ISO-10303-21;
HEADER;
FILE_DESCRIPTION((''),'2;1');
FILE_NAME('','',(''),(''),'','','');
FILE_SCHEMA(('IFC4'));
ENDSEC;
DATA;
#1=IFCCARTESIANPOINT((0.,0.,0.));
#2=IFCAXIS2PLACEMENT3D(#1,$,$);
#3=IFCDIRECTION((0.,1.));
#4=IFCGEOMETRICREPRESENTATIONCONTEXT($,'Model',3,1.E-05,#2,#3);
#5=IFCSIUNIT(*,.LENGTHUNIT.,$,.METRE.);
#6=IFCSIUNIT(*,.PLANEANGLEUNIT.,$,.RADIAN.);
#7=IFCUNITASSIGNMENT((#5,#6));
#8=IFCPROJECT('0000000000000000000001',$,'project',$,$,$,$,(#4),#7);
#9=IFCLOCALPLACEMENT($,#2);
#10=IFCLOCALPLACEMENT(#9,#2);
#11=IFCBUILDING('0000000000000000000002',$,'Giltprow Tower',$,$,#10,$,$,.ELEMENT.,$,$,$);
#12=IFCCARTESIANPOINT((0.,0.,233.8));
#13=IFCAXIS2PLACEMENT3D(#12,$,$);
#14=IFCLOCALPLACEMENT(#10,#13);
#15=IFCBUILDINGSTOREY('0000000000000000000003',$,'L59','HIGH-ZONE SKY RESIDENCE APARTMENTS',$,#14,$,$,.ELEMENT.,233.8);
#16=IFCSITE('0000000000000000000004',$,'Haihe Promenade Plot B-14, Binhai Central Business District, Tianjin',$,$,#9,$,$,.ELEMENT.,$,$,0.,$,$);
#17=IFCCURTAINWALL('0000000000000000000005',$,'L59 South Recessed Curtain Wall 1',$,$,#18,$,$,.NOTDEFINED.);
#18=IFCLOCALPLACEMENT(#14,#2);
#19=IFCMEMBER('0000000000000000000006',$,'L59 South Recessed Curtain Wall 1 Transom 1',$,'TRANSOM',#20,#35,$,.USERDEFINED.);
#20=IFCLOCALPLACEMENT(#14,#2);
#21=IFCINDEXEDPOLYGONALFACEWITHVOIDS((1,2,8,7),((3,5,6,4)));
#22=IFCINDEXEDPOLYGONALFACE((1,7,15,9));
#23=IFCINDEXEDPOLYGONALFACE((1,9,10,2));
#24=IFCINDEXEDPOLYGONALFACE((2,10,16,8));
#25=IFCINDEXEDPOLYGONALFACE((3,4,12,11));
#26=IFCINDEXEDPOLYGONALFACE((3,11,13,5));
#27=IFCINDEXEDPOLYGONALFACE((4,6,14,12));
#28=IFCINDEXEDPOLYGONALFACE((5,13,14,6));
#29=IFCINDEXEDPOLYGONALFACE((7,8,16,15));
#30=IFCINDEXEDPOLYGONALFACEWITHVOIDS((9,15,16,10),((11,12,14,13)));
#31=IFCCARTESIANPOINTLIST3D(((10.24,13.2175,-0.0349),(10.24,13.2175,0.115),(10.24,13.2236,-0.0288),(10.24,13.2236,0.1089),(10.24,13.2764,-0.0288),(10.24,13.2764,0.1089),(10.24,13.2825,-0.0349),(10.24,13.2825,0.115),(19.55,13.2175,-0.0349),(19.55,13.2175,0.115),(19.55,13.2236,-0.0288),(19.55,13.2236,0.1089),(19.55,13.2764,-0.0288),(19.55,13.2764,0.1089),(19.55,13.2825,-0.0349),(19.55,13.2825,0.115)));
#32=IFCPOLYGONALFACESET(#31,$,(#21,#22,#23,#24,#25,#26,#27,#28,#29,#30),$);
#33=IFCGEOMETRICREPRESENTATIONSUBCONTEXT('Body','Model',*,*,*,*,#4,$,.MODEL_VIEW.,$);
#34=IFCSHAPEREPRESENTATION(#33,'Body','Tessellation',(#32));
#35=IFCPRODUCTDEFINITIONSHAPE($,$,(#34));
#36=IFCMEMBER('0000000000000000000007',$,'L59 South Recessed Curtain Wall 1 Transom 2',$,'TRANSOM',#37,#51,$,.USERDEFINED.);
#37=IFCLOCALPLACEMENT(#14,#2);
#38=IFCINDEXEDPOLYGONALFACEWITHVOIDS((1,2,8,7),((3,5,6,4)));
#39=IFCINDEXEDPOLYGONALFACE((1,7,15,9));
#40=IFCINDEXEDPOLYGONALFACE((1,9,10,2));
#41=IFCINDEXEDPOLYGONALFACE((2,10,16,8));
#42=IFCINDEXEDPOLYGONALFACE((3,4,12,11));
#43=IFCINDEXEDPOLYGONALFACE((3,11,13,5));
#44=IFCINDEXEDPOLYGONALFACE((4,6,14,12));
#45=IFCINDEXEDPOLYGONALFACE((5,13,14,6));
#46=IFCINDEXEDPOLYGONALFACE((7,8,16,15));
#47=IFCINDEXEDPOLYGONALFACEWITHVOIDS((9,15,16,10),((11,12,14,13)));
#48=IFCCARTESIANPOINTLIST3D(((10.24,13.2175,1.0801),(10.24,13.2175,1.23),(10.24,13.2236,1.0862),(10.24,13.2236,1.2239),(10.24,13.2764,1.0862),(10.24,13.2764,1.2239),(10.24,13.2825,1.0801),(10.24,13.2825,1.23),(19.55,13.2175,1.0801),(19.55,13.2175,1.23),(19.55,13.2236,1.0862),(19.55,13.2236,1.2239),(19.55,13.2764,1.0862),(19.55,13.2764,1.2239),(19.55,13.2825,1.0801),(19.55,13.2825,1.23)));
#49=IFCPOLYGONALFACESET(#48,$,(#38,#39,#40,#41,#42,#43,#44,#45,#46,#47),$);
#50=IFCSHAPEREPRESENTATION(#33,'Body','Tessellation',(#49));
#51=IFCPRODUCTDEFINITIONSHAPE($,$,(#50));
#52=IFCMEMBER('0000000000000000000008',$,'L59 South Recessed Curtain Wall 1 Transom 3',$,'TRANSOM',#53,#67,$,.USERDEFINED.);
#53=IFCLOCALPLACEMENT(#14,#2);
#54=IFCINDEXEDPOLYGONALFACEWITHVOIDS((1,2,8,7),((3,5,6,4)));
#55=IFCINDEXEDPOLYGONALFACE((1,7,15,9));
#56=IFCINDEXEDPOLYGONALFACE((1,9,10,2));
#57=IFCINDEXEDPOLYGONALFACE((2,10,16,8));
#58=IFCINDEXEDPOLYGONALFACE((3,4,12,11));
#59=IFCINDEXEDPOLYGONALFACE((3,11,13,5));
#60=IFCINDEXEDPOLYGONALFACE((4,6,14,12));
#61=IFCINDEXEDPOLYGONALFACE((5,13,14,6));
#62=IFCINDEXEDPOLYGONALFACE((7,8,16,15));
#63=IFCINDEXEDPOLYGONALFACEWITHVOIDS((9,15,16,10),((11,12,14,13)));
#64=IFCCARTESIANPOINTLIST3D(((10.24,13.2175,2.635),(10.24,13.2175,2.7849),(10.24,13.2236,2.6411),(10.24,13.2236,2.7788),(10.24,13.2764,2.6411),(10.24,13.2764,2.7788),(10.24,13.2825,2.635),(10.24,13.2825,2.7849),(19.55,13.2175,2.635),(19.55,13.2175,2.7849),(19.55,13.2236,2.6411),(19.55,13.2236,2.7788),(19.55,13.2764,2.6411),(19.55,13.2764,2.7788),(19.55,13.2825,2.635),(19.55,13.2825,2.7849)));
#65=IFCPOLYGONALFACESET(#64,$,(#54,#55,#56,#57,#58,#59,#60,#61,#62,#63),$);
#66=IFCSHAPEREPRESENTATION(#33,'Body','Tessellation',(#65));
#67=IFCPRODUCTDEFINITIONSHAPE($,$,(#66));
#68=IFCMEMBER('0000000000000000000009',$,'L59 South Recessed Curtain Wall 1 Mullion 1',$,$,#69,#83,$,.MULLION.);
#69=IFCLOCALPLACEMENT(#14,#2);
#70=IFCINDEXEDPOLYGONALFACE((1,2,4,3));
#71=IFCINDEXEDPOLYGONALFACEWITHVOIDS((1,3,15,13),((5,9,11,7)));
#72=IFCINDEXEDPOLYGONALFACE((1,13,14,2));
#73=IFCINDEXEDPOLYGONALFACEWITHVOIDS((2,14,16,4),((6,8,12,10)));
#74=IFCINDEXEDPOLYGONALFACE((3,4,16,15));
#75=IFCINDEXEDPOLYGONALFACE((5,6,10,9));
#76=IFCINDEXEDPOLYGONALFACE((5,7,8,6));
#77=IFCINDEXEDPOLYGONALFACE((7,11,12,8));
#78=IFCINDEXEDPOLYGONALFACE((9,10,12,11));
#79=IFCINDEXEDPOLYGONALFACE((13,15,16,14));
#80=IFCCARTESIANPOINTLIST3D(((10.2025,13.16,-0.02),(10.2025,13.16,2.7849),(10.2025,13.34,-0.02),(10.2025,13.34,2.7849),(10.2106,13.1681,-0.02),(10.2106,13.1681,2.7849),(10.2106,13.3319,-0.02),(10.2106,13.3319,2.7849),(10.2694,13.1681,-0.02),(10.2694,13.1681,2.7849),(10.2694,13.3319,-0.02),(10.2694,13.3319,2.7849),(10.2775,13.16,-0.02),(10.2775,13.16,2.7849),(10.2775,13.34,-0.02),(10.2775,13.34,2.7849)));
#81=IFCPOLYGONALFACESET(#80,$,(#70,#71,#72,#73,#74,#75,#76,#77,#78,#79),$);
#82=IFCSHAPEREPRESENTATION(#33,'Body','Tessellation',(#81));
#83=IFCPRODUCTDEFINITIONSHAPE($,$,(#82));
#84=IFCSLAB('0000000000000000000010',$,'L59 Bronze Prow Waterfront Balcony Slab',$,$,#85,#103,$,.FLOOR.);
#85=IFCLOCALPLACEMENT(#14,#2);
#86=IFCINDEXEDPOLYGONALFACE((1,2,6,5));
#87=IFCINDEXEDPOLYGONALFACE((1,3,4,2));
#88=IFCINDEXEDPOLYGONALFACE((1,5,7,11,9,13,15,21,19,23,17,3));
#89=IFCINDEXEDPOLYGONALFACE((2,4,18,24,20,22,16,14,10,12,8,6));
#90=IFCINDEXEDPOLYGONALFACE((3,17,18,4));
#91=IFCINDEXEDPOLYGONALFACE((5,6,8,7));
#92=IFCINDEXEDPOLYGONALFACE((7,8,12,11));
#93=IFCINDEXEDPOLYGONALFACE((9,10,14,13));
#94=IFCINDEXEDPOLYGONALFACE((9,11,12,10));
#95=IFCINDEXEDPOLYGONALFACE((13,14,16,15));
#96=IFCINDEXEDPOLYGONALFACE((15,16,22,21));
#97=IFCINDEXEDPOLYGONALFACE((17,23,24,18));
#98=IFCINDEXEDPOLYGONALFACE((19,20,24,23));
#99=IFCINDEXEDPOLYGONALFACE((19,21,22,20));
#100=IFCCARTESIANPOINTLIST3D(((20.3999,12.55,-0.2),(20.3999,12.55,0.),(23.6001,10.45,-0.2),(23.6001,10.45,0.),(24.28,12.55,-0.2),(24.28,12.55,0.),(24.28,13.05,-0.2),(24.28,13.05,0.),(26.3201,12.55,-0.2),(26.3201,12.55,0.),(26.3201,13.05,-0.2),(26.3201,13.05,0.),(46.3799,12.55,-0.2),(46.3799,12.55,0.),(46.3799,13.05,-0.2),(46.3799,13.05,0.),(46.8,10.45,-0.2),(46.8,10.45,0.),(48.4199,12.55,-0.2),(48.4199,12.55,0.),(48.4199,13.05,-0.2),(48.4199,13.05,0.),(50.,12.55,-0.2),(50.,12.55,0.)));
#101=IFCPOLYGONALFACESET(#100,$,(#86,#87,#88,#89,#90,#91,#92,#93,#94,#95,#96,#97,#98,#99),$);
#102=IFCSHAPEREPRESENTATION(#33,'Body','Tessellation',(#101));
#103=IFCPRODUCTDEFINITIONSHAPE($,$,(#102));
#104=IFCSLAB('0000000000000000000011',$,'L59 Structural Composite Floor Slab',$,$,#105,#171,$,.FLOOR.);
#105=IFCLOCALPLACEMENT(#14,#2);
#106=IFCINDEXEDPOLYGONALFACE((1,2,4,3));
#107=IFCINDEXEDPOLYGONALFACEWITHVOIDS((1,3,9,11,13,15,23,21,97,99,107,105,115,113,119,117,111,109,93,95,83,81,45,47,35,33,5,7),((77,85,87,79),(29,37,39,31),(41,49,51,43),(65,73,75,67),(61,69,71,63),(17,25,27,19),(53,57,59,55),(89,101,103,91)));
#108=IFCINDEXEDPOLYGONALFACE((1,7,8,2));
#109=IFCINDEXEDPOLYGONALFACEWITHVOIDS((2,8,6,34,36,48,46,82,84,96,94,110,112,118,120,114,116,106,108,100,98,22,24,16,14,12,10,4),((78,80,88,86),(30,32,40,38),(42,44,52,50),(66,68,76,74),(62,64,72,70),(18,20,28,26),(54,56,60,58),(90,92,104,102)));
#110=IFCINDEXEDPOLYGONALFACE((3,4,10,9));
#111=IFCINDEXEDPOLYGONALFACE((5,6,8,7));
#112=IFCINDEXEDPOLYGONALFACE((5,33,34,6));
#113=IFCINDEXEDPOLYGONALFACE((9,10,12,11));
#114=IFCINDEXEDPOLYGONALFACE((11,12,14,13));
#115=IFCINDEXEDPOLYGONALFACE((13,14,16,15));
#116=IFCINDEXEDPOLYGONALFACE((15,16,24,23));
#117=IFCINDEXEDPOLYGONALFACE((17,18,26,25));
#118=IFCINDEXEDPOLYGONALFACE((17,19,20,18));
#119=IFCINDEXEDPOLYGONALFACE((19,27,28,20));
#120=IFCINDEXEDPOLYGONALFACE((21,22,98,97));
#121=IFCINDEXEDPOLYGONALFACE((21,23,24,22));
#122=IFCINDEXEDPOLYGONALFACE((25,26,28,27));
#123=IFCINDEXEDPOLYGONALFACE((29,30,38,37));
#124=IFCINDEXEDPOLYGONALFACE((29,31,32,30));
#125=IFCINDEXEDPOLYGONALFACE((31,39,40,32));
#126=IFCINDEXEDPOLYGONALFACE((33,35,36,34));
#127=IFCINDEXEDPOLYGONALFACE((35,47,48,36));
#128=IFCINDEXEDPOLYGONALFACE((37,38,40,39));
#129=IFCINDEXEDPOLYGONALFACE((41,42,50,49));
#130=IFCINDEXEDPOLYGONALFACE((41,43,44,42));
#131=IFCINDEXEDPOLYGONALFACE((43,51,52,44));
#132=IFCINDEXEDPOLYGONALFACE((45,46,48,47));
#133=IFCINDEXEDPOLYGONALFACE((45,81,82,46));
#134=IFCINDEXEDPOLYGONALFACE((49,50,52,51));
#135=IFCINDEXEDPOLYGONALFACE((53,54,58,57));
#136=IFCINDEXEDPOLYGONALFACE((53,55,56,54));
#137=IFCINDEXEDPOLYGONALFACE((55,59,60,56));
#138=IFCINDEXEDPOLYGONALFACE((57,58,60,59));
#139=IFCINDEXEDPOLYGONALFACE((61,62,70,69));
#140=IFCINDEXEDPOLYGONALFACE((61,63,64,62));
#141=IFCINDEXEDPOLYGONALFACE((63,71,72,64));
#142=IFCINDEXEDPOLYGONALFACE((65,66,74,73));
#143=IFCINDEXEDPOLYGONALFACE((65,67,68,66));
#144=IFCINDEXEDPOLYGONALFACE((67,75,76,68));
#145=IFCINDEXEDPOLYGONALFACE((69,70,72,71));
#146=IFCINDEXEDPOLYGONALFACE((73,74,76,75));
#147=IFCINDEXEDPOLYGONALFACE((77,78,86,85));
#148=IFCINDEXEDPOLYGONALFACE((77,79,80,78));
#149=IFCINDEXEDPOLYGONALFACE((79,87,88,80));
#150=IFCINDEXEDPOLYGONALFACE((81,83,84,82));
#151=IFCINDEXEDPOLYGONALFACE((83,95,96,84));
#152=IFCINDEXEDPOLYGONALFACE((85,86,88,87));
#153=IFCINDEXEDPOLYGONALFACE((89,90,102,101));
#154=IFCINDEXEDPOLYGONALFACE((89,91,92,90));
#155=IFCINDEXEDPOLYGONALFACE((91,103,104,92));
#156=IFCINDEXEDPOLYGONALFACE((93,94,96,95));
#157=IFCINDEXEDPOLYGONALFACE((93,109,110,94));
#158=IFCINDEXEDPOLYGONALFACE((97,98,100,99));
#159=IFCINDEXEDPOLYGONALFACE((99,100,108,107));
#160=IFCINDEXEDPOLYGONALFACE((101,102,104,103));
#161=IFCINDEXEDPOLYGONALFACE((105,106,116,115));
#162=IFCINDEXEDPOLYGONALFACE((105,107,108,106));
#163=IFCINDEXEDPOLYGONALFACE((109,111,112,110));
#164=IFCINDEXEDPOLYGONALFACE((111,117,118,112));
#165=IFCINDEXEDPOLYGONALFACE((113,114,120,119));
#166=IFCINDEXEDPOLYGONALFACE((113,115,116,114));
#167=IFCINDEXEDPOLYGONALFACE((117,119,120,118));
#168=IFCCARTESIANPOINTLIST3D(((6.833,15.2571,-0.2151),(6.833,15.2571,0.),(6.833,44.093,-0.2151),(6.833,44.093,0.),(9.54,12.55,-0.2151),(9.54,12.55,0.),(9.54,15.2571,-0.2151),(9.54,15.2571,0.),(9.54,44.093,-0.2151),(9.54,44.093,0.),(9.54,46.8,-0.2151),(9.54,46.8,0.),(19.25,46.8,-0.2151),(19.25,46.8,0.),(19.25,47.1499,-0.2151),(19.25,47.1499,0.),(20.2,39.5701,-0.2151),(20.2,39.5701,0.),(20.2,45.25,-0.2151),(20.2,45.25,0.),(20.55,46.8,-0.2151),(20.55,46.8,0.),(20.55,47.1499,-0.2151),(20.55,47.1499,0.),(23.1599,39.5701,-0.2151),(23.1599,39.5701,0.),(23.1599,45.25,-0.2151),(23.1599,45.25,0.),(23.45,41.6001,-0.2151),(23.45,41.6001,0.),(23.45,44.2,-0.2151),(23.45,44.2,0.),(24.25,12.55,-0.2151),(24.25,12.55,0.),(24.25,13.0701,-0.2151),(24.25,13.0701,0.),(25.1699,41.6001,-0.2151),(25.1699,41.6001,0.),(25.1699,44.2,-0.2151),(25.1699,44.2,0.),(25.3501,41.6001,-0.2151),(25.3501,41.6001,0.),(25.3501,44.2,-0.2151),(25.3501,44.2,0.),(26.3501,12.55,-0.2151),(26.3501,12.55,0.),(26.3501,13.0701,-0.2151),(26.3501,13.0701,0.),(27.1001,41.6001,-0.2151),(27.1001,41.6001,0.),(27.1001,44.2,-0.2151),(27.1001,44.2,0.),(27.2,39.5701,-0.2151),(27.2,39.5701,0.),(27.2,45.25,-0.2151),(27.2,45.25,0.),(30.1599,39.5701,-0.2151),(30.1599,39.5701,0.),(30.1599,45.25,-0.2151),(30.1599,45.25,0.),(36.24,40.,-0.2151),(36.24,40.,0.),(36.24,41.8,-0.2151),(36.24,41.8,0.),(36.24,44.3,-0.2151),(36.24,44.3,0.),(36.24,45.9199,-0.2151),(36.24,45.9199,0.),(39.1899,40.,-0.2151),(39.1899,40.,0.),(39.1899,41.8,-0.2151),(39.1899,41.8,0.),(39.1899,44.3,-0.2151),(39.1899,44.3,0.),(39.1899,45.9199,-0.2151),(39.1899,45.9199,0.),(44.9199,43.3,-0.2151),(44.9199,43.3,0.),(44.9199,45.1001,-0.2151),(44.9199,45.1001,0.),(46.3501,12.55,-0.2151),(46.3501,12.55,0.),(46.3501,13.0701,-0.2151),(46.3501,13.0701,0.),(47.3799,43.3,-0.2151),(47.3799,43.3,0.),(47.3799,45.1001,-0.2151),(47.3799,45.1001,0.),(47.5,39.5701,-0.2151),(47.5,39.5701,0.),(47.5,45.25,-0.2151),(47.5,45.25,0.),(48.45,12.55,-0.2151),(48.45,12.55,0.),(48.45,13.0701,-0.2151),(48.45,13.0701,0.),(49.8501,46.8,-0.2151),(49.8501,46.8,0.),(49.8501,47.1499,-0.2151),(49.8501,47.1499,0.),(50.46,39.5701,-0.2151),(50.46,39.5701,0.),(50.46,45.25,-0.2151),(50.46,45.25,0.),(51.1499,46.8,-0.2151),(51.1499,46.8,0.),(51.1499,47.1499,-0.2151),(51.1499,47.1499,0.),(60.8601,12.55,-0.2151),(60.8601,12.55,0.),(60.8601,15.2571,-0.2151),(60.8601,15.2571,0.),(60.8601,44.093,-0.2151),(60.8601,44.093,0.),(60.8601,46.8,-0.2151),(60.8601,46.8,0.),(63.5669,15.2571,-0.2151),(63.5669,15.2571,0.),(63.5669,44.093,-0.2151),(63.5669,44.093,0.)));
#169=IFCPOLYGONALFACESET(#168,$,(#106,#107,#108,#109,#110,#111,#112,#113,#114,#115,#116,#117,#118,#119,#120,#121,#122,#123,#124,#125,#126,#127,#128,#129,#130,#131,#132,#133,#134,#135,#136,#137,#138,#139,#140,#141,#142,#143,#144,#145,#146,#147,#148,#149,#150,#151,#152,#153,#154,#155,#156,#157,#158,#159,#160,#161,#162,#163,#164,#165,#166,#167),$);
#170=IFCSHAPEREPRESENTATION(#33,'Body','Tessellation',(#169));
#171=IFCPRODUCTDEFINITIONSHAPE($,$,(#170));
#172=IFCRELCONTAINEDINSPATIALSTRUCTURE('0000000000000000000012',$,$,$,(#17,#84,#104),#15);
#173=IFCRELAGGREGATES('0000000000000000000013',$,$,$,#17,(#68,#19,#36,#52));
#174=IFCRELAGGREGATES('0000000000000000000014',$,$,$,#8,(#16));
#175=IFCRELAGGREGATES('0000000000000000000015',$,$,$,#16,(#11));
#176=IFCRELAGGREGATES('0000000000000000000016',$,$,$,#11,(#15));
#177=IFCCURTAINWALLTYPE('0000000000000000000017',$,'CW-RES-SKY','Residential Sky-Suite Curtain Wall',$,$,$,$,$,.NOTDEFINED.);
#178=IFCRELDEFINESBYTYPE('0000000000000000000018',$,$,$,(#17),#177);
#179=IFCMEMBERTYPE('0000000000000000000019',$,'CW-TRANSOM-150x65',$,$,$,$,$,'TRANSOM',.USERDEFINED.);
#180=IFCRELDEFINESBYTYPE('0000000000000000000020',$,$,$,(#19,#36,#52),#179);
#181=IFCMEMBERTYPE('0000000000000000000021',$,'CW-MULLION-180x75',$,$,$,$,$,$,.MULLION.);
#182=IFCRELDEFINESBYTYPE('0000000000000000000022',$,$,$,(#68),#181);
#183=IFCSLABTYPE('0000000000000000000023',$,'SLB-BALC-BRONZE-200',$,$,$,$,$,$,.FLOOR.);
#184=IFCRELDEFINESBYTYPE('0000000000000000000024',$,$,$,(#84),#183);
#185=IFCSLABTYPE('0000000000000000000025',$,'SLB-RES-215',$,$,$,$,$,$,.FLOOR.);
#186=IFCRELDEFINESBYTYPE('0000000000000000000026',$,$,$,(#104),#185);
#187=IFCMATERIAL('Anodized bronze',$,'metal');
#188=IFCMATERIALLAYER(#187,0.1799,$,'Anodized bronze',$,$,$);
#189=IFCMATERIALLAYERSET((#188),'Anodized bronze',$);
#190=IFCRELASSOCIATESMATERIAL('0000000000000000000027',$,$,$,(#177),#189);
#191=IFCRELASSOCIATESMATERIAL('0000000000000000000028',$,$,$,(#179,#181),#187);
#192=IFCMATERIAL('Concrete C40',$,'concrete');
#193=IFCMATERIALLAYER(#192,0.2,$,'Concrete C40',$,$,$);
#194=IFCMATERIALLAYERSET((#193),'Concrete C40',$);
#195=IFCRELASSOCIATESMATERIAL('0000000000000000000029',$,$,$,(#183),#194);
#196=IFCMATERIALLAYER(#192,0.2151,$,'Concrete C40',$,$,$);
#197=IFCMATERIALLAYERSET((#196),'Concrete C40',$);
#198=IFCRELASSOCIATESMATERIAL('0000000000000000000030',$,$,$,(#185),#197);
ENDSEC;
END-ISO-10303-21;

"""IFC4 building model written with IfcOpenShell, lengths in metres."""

from ifc_helpers import new_model, si_unit, direction, frame, origin, origin_2d, place, context, subcontext, project, spatial, polyline, hollow_rectangle, outline, extrude, source, transform, mapped, material, layer, layer_set, material_profile, profile_set, type_object, element, aggregate, save


model = new_model("IFC4")

# Units and contexts
model_context = context("Model", 3, precision=1e-05, world=origin(), true_north=direction((0.0, 1.0)))
body_context = subcontext(model_context, "Body", "Model", "MODEL_VIEW")
ifc_project = project(units=[si_unit("LENGTHUNIT", "METRE"), si_unit("PLANEANGLEUNIT", "RADIAN")], contexts=[model_context])

# Site, building, storey
site_placement = place(None, origin())
site = spatial("IfcSite", under=ifc_project, at=site_placement, Name="Haihe Promenade Plot B-14, Binhai Central Business District, Tianjin", CompositionType="ELEMENT", RefElevation=0.0)
building_placement = place(site_placement, origin())
building = spatial("IfcBuilding", under=site, at=building_placement, Name="Giltprow Tower", CompositionType="ELEMENT")
storey_placement = place(building_placement, frame((0.0, 0.0, 233.8)))
storey = spatial("IfcBuildingStorey", under=building, at=storey_placement, Name="L59", Description="HIGH-ZONE SKY RESIDENCE APARTMENTS", CompositionType="ELEMENT", Elevation=233.8)

# Curtain wall, members
ifc_material_1 = material(Name="Anodized bronze", Category="metal")
ifc_layer_1 = layer(ifc_material_1, 0.1799, Name="Anodized bronze")
ifc_layer_set_1 = layer_set([ifc_layer_1], Name="Anodized bronze")
curtain_wall_type = type_object("IfcCurtainWallType", Name="CW-RES-SKY", Description="Residential Sky-Suite Curtain Wall", PredefinedType="NOTDEFINED", material=ifc_layer_set_1)
curtain_wall_placement = place(storey_placement, origin())
curtain_wall = element("IfcCurtainWall", 1, at=curtain_wall_placement, inside=storey, type_object=curtain_wall_type, Name="L59 South Recessed Curtain Wall 1", PredefinedType="NOTDEFINED")
ifc_material_profile_1 = material_profile(ifc_material_1, hollow_rectangle(XDim=0.0649, YDim=0.1499, WallThickness=0.0061, at=origin_2d()), Name="RHS 150x65x6")
ifc_profile_set_1 = profile_set([ifc_material_profile_1], Name="Anodized bronze")
member_type_1 = type_object("IfcMemberType", Name="CW-TRANSOM-150x65", ElementType="TRANSOM", PredefinedType="USERDEFINED", material=ifc_profile_set_1)
shared_shape_1 = source(origin(), body_context, "Body", "SweptSolid", [
    extrude(hollow_rectangle(XDim=0.0649, YDim=0.1499, WallThickness=0.0061, at=origin_2d()), origin(), (0.0, 0.0, 1.0), 9.3101),
])
member_1_placement = place(storey_placement, frame((10.24, 13.25, 0.04), z_axis=(1.0, 0.0, 0.0), x_axis=(0.0, 1.0, 0.0)))
member_1 = element("IfcMember", 2, at=member_1_placement, type_object=member_type_1, Name="L59 South Recessed Curtain Wall 1 Transom 1", ObjectType="TRANSOM", PredefinedType="USERDEFINED", context=body_context, shape_type="MappedRepresentation", body=[
    mapped(shared_shape_1, transform((0.0, 0.0, 0.0), x_axis=(1.0, 0.0, 0.0), y_axis=(0.0, 1.0, 0.0), z_axis=(0.0, 0.0, 1.0), scale=1.0)),
])
member_2_placement = place(storey_placement, frame((10.24, 13.25, 1.155), z_axis=(1.0, 0.0, 0.0), x_axis=(0.0, 1.0, 0.0)))
member_2 = element("IfcMember", 3, at=member_2_placement, type_object=member_type_1, Name="L59 South Recessed Curtain Wall 1 Transom 2", ObjectType="TRANSOM", PredefinedType="USERDEFINED", context=body_context, shape_type="MappedRepresentation", body=[
    mapped(shared_shape_1, transform((0.0, 0.0, 0.0), x_axis=(1.0, 0.0, 0.0), y_axis=(0.0, 1.0, 0.0), z_axis=(0.0, 0.0, 1.0), scale=1.0)),
])
member_3_placement = place(storey_placement, frame((10.24, 13.25, 2.71), z_axis=(1.0, 0.0, 0.0), x_axis=(0.0, 1.0, 0.0)))
member_3 = element("IfcMember", 4, at=member_3_placement, type_object=member_type_1, Name="L59 South Recessed Curtain Wall 1 Transom 3", ObjectType="TRANSOM", PredefinedType="USERDEFINED", context=body_context, shape_type="MappedRepresentation", body=[
    mapped(shared_shape_1, transform((0.0, 0.0, 0.0), x_axis=(1.0, 0.0, 0.0), y_axis=(0.0, 1.0, 0.0), z_axis=(0.0, 0.0, 1.0), scale=1.0)),
])
ifc_material_profile_2 = material_profile(ifc_material_1, hollow_rectangle(XDim=0.075, YDim=0.1799, WallThickness=0.0081, at=origin_2d()), Name="RHS 180x75x8")
ifc_profile_set_2 = profile_set([ifc_material_profile_2], Name="Anodized bronze")
member_type_2 = type_object("IfcMemberType", Name="CW-MULLION-180x75", PredefinedType="MULLION", material=ifc_profile_set_2)
shared_shape_2 = source(origin(), body_context, "Body", "SweptSolid", [
    extrude(hollow_rectangle(XDim=0.075, YDim=0.1799, WallThickness=0.0081, at=origin_2d()), origin(), (0.0, 0.0, 1.0), 2.8049),
])
member_4_placement = place(storey_placement, frame((10.24, 13.25, -0.02), z_axis=(0.0, 0.0, 1.0), x_axis=(1.0, 0.0, 0.0)))
member_4 = element("IfcMember", 5, at=member_4_placement, type_object=member_type_2, Name="L59 South Recessed Curtain Wall 1 Mullion 1", PredefinedType="MULLION", context=body_context, shape_type="MappedRepresentation", body=[
    mapped(shared_shape_2, transform((0.0, 0.0, 0.0), x_axis=(1.0, 0.0, 0.0), y_axis=(0.0, 1.0, 0.0), z_axis=(0.0, 0.0, 1.0), scale=1.0)),
])
aggregate(curtain_wall, [member_4, member_1, member_2, member_3])

# Slabs
ifc_material_2 = material(Name="Concrete C40", Category="concrete")
ifc_layer_2 = layer(ifc_material_2, 0.2, Name="Concrete C40")
ifc_layer_set_2 = layer_set([ifc_layer_2], Name="Concrete C40")
slab_type_1 = type_object("IfcSlabType", Name="SLB-BALC-BRONZE-200", PredefinedType="FLOOR", material=ifc_layer_set_2)
slab_1_placement = place(storey_placement, frame((0.0, 0.0, -0.2)))
element("IfcSlab", 6, at=slab_1_placement, inside=storey, type_object=slab_type_1, Name="L59 Bronze Prow Waterfront Balcony Slab", PredefinedType="FLOOR", context=body_context, shape_type="SweptSolid", body=[
    extrude(outline(polyline([(50.0, 12.55), (46.8, 10.45), (23.6001, 10.45), (20.3999, 12.55), (24.28, 12.55), (24.28, 13.05), (26.3201, 13.05), (26.3201, 12.55), (46.3799, 12.55), (46.3799, 13.05), (48.4199, 13.05), (48.4199, 12.55), (50.0, 12.55)])), origin(), (0.0, 0.0, 1.0), 0.2),
])
ifc_layer_3 = layer(ifc_material_2, 0.2151, Name="Concrete C40")
ifc_layer_set_3 = layer_set([ifc_layer_3], Name="Concrete C40")
slab_type_2 = type_object("IfcSlabType", Name="SLB-RES-215", PredefinedType="FLOOR", material=ifc_layer_set_3)
slab_2_placement = place(storey_placement, frame((0.0, 0.0, -0.2151)))
element("IfcSlab", 7, at=slab_2_placement, inside=storey, type_object=slab_type_2, Name="L59 Structural Composite Floor Slab", PredefinedType="FLOOR", context=body_context, shape_type="SweptSolid", body=[
    extrude(outline(polyline([(63.5669, 44.093), (63.5669, 15.2571), (60.8601, 15.2571), (60.8601, 12.55), (48.45, 12.55), (48.45, 13.0701), (46.3501, 13.0701), (46.3501, 12.55), (26.3501, 12.55), (26.3501, 13.0701), (24.25, 13.0701), (24.25, 12.55), (9.54, 12.55), (9.54, 15.2571), (6.833, 15.2571), (6.833, 44.093), (9.54, 44.093), (9.54, 46.8), (19.25, 46.8), (19.25, 47.1499), (20.55, 47.1499), (20.55, 46.8), (49.8501, 46.8), (49.8501, 47.1499), (51.1499, 47.1499), (51.1499, 46.8), (60.8601, 46.8), (60.8601, 44.093), (63.5669, 44.093)]), holes=[polyline([(39.1899, 41.8), (36.24, 41.8), (36.24, 40.0), (39.1899, 40.0), (39.1899, 41.8)]), polyline([(23.1599, 39.5701), (23.1599, 45.25), (20.2, 45.25), (20.2, 39.5701), (23.1599, 39.5701)]), polyline([(30.1599, 39.5701), (30.1599, 45.25), (27.2, 45.25), (27.2, 39.5701), (30.1599, 39.5701)]), polyline([(50.46, 45.25), (47.5, 45.25), (47.5, 39.5701), (50.46, 39.5701), (50.46, 45.25)]), polyline([(25.1699, 44.2), (23.45, 44.2), (23.45, 41.6001), (25.1699, 41.6001), (25.1699, 44.2)]), polyline([(27.1001, 44.2), (25.3501, 44.2), (25.3501, 41.6001), (27.1001, 41.6001), (27.1001, 44.2)]), polyline([(47.3799, 43.3), (47.3799, 45.1001), (44.9199, 45.1001), (44.9199, 43.3), (47.3799, 43.3)]), polyline([(39.1899, 44.3), (39.1899, 45.9199), (36.24, 45.9199), (36.24, 44.3), (39.1899, 44.3)])]), origin(), (0.0, 0.0, 1.0), 0.2151),
])

save(model, "model.ifc")
